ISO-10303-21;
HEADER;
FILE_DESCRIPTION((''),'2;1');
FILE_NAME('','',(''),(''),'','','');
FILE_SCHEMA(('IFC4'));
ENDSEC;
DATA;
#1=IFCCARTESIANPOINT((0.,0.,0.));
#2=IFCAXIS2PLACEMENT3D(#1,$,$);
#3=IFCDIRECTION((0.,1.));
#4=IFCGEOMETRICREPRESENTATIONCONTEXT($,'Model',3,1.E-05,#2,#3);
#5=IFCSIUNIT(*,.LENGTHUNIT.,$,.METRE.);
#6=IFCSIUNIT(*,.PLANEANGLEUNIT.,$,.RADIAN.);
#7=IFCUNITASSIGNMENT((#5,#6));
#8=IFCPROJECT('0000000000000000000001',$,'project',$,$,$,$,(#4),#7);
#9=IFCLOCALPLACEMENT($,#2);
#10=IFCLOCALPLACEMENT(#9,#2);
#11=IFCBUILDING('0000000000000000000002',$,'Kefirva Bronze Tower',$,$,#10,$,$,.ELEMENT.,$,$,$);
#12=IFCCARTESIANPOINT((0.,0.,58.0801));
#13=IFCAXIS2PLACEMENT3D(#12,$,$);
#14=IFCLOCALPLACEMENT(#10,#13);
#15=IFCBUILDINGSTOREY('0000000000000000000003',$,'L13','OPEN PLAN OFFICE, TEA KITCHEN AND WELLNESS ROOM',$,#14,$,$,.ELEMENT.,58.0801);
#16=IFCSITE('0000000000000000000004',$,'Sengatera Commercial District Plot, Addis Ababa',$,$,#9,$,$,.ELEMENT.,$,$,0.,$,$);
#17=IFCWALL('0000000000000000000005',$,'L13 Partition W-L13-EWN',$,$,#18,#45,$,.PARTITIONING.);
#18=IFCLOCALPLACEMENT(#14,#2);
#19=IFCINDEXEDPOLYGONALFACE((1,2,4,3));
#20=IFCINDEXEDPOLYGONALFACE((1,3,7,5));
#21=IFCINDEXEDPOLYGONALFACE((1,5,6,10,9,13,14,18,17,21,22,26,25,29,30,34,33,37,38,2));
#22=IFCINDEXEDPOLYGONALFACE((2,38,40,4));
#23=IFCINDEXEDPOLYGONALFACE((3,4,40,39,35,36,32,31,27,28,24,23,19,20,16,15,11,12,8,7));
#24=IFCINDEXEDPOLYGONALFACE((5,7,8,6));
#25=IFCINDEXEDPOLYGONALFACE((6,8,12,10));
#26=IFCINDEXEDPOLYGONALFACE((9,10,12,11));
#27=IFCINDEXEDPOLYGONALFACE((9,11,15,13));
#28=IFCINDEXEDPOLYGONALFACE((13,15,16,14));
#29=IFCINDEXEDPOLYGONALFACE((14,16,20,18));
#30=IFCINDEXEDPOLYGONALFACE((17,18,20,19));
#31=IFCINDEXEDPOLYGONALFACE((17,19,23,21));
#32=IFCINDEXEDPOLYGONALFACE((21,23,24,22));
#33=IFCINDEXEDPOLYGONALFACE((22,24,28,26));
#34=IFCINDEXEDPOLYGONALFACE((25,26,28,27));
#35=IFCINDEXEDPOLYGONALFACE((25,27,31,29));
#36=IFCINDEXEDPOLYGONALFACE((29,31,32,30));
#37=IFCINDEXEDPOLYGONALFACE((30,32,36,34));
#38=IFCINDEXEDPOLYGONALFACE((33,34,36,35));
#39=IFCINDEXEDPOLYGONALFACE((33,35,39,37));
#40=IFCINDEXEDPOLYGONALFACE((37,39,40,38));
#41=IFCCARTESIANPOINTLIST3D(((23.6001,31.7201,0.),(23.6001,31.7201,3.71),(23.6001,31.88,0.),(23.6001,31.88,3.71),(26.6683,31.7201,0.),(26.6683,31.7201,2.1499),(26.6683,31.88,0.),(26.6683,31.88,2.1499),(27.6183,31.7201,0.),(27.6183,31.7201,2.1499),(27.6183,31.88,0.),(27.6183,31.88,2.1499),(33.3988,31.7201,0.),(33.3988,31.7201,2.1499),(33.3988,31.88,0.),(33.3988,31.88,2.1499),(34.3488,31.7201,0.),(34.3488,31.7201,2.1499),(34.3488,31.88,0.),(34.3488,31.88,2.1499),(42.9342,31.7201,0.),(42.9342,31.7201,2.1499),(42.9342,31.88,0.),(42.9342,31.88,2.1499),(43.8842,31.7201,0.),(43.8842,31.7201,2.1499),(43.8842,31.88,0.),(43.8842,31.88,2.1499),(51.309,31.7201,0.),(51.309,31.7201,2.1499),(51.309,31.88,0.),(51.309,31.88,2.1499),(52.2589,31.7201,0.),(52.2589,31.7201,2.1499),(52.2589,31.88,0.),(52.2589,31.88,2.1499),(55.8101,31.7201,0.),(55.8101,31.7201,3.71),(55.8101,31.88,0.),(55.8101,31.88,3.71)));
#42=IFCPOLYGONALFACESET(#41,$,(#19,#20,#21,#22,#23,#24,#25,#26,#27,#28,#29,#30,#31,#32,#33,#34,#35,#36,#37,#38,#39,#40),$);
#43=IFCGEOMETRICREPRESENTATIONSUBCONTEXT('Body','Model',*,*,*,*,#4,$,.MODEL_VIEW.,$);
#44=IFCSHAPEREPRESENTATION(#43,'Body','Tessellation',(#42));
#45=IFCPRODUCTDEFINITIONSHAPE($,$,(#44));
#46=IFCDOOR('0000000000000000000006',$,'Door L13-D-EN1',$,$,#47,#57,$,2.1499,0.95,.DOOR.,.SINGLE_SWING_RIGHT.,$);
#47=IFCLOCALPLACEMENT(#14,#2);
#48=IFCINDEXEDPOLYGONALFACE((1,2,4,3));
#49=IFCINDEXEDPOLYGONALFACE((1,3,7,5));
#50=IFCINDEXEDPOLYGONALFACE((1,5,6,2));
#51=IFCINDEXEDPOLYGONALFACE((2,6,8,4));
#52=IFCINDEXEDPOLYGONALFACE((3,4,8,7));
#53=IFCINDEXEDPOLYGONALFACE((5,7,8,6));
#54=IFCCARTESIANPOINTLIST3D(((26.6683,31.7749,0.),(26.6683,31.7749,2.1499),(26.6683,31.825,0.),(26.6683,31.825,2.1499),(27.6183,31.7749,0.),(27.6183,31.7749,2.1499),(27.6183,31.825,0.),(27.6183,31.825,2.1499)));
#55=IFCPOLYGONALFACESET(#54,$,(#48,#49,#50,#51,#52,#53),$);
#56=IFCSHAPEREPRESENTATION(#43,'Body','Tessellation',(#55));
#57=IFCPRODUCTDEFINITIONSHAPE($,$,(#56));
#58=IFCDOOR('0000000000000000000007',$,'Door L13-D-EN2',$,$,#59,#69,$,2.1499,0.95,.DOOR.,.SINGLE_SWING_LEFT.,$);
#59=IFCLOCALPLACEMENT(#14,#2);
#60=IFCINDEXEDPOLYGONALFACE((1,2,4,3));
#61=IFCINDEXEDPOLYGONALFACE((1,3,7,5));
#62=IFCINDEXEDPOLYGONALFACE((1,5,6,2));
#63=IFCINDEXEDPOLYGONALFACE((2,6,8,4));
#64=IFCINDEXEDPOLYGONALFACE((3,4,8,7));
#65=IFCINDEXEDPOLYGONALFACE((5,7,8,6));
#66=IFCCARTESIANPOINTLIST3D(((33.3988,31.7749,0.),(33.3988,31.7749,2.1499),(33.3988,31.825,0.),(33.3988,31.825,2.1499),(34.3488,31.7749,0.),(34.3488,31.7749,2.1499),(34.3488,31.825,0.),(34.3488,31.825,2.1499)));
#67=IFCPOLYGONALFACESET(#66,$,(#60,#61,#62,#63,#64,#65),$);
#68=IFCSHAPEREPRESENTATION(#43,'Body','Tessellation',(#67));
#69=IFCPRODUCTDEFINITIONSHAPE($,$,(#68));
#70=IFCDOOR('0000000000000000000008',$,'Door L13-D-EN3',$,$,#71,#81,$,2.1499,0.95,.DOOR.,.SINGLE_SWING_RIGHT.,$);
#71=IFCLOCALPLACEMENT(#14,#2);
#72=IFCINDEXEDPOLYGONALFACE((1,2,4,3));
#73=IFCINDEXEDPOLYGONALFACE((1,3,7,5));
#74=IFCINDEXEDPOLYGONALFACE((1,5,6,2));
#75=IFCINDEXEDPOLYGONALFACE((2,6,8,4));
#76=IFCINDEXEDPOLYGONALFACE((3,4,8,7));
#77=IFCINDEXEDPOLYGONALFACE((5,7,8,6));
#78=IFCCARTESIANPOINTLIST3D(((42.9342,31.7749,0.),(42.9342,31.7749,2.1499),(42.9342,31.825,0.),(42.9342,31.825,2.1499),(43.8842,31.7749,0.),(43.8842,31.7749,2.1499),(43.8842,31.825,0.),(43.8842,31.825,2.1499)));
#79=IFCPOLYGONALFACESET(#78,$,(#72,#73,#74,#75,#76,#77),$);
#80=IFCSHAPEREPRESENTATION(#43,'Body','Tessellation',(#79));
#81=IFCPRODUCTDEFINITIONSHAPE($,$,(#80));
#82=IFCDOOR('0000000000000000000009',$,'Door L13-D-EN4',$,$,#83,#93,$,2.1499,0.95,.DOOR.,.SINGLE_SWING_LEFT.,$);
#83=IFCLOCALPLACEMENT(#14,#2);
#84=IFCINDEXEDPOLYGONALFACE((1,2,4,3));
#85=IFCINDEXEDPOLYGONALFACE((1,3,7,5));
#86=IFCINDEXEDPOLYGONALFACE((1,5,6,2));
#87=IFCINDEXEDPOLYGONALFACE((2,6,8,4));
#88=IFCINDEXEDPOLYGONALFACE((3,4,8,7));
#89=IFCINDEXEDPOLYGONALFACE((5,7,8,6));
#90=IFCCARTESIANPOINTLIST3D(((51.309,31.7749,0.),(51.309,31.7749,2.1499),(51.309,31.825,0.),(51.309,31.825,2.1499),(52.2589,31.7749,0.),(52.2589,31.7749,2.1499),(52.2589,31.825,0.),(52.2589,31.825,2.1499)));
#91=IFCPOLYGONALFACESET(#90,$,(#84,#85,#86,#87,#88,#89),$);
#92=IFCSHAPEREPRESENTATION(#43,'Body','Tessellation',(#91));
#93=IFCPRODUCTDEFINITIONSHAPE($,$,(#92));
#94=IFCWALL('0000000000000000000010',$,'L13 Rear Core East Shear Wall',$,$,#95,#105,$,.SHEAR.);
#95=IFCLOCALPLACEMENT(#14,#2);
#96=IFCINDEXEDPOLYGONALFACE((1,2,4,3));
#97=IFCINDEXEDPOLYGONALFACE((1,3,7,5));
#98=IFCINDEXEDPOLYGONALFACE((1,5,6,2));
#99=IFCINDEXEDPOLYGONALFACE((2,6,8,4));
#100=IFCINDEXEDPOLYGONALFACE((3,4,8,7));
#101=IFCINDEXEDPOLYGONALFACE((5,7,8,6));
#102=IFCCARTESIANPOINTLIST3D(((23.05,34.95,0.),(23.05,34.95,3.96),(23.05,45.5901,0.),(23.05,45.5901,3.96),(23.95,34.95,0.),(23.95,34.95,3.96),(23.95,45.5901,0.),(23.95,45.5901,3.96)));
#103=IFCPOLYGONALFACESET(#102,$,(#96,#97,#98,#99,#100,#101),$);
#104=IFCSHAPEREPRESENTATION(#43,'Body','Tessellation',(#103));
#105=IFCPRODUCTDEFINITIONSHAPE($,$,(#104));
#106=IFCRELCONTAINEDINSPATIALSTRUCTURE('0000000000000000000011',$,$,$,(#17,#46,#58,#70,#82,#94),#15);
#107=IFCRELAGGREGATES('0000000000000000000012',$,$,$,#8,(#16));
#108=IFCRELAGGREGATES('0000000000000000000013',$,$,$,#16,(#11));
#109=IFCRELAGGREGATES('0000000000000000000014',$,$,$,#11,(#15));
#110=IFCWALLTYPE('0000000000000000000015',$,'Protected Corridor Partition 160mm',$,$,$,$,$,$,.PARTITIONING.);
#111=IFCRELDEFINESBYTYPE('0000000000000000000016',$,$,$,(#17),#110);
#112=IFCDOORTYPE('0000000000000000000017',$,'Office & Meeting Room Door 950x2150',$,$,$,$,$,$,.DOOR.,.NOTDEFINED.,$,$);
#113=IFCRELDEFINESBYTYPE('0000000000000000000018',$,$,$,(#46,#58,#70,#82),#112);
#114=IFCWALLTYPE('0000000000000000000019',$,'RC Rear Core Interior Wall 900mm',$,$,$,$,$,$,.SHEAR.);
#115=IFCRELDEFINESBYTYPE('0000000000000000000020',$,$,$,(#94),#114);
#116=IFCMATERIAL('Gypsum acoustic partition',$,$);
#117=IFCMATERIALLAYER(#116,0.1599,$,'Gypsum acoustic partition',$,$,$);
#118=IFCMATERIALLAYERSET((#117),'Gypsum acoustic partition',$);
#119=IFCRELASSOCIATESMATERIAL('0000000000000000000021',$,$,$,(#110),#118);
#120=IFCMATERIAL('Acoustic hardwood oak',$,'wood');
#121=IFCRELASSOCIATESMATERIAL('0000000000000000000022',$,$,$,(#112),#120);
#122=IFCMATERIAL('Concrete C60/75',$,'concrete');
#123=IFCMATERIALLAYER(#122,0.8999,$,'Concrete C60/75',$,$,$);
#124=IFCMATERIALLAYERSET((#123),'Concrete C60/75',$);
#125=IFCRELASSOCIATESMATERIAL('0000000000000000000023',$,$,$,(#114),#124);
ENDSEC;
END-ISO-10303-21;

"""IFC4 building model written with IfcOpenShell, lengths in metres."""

from ifc_helpers import new_model, si_unit, direction, frame, frame_2d, origin, place, context, subcontext, project, spatial, rectangle, extrude, material, layer, layer_set, type_object, element, fill, save


model = new_model("IFC4")

# Units and contexts
model_context = context("Model", 3, precision=1e-05, world=origin(), true_north=direction((0.0, 1.0)))
body_context = subcontext(model_context, "Body", "Model", "MODEL_VIEW")
ifc_project = project(units=[si_unit("LENGTHUNIT", "METRE"), si_unit("PLANEANGLEUNIT", "RADIAN")], contexts=[model_context])

# Site, building, storey
site_placement = place(None, origin())
site = spatial("IfcSite", under=ifc_project, at=site_placement, Name="Sengatera Commercial District Plot, Addis Ababa", CompositionType="ELEMENT", RefElevation=0.0)
building_placement = place(site_placement, origin())
building = spatial("IfcBuilding", under=site, at=building_placement, Name="Kefirva Bronze Tower", CompositionType="ELEMENT")
storey_placement = place(building_placement, frame((0.0, 0.0, 58.0801)))
storey = spatial("IfcBuildingStorey", under=building, at=storey_placement, Name="L13", Description="OPEN PLAN OFFICE, TEA KITCHEN AND WELLNESS ROOM", CompositionType="ELEMENT", Elevation=58.0801)

# Shared definitions
ifc_material_1 = material(Name="Concrete C60/75", Category="concrete")

# Shared definitions
ifc_material_2 = material(Name="Gypsum acoustic partition")

# Wall, openings, doors
ifc_layer_1 = layer(ifc_material_2, 0.1599, Name="Gypsum acoustic partition")
ifc_layer_set_1 = layer_set([ifc_layer_1], Name="Gypsum acoustic partition")
wall_type_1 = type_object("IfcWallType", Name="Protected Corridor Partition 160mm", PredefinedType="PARTITIONING", material=ifc_layer_set_1)
ifc_material_3 = material(Name="Acoustic hardwood oak", Category="wood")
door_type = type_object("IfcDoorType", Name="Office & Meeting Room Door 950x2150", OperationType="NOTDEFINED", PredefinedType="DOOR", material=ifc_material_3)
wall_1_placement = place(storey_placement, frame((23.6001, 31.8, 0.0), z_axis=(0.0, 0.0, 1.0), x_axis=(1.0, 0.0, 0.0)))
wall_1 = element("IfcWall", 1, at=wall_1_placement, inside=storey, type_object=wall_type_1, Name="L13 Partition W-L13-EWN", PredefinedType="PARTITIONING", context=body_context, shape_type="SweptSolid", body=[
    extrude(rectangle(XDim=32.21, YDim=0.1599, at=frame_2d((16.105, 0.0))), origin(), (0.0, 0.0, 1.0), 3.71),
])
opening_1_placement = place(wall_1_placement, frame((3.0681, 0.0, 0.0)))
opening_1 = element("IfcOpeningElement", 2, at=opening_1_placement, cuts=wall_1, PredefinedType="OPENING", context=body_context, shape_type="SweptSolid", body=[
    extrude(rectangle(XDim=0.95, YDim=2.1499, at=frame_2d((0.4751, 1.075))), frame((0.0, 0.0898, 0.0), z_axis=(0.0, -1.0, 0.0), x_axis=(1.0, 0.0, 0.0)), (0.0, 0.0, 1.0), 0.1799),
])
opening_2_placement = place(wall_1_placement, frame((9.7986, 0.0, 0.0)))
opening_2 = element("IfcOpeningElement", 3, at=opening_2_placement, cuts=wall_1, PredefinedType="OPENING", context=body_context, shape_type="SweptSolid", body=[
    extrude(rectangle(XDim=0.95, YDim=2.1499, at=frame_2d((0.4751, 1.075))), frame((0.0, 0.0898, 0.0), z_axis=(0.0, -1.0, 0.0), x_axis=(1.0, 0.0, 0.0)), (0.0, 0.0, 1.0), 0.1799),
])
opening_3_placement = place(wall_1_placement, frame((19.334, 0.0, 0.0)))
opening_3 = element("IfcOpeningElement", 4, at=opening_3_placement, cuts=wall_1, PredefinedType="OPENING", context=body_context, shape_type="SweptSolid", body=[
    extrude(rectangle(XDim=0.95, YDim=2.1499, at=frame_2d((0.4751, 1.075))), frame((0.0, 0.0898, 0.0), z_axis=(0.0, -1.0, 0.0), x_axis=(1.0, 0.0, 0.0)), (0.0, 0.0, 1.0), 0.1799),
])
opening_4_placement = place(wall_1_placement, frame((27.7087, 0.0, 0.0)))
opening_4 = element("IfcOpeningElement", 5, at=opening_4_placement, cuts=wall_1, PredefinedType="OPENING", context=body_context, shape_type="SweptSolid", body=[
    extrude(rectangle(XDim=0.95, YDim=2.1499, at=frame_2d((0.4751, 1.075))), frame((0.0, 0.0898, 0.0), z_axis=(0.0, -1.0, 0.0), x_axis=(1.0, 0.0, 0.0)), (0.0, 0.0, 1.0), 0.1799),
])
door_1_placement = place(opening_1_placement, origin())
door_1 = element("IfcDoor", 6, at=door_1_placement, inside=storey, type_object=door_type, Name="Door L13-D-EN1", OperationType="SINGLE_SWING_RIGHT", OverallHeight=2.1499, OverallWidth=0.95, PredefinedType="DOOR", context=body_context, shape_type="SweptSolid", body=[
    extrude(rectangle(XDim=0.95, YDim=2.1499, at=frame_2d((0.4751, 1.075))), frame((0.0, 0.0249, 0.0), z_axis=(0.0, -1.0, 0.0), x_axis=(1.0, 0.0, 0.0)), (0.0, 0.0, 1.0), 0.05),
])
fill(opening_1, door_1)
door_2_placement = place(opening_2_placement, origin())
door_2 = element("IfcDoor", 7, at=door_2_placement, inside=storey, type_object=door_type, Name="Door L13-D-EN2", OperationType="SINGLE_SWING_LEFT", OverallHeight=2.1499, OverallWidth=0.95, PredefinedType="DOOR", context=body_context, shape_type="SweptSolid", body=[
    extrude(rectangle(XDim=0.95, YDim=2.1499, at=frame_2d((0.4751, 1.075))), frame((0.0, 0.0249, 0.0), z_axis=(0.0, -1.0, 0.0), x_axis=(1.0, 0.0, 0.0)), (0.0, 0.0, 1.0), 0.05),
])
fill(opening_2, door_2)
door_3_placement = place(opening_3_placement, origin())
door_3 = element("IfcDoor", 8, at=door_3_placement, inside=storey, type_object=door_type, Name="Door L13-D-EN3", OperationType="SINGLE_SWING_RIGHT", OverallHeight=2.1499, OverallWidth=0.95, PredefinedType="DOOR", context=body_context, shape_type="SweptSolid", body=[
    extrude(rectangle(XDim=0.95, YDim=2.1499, at=frame_2d((0.4751, 1.075))), frame((0.0, 0.0249, 0.0), z_axis=(0.0, -1.0, 0.0), x_axis=(1.0, 0.0, 0.0)), (0.0, 0.0, 1.0), 0.05),
])
fill(opening_3, door_3)
door_4_placement = place(opening_4_placement, origin())
door_4 = element("IfcDoor", 9, at=door_4_placement, inside=storey, type_object=door_type, Name="Door L13-D-EN4", OperationType="SINGLE_SWING_LEFT", OverallHeight=2.1499, OverallWidth=0.95, PredefinedType="DOOR", context=body_context, shape_type="SweptSolid", body=[
    extrude(rectangle(XDim=0.95, YDim=2.1499, at=frame_2d((0.4751, 1.075))), frame((0.0, 0.0249, 0.0), z_axis=(0.0, -1.0, 0.0), x_axis=(1.0, 0.0, 0.0)), (0.0, 0.0, 1.0), 0.05),
])
fill(opening_4, door_4)

# Wall
ifc_layer_2 = layer(ifc_material_1, 0.8999, Name="Concrete C60/75")
ifc_layer_set_2 = layer_set([ifc_layer_2], Name="Concrete C60/75")
wall_type_2 = type_object("IfcWallType", Name="RC Rear Core Interior Wall 900mm", PredefinedType="SHEAR", material=ifc_layer_set_2)
wall_2_placement = place(storey_placement, frame((23.5, 34.95, 0.0), z_axis=(0.0, 0.0, 1.0), x_axis=(0.0, 1.0, 0.0)))
element("IfcWall", 10, at=wall_2_placement, inside=storey, type_object=wall_type_2, Name="L13 Rear Core East Shear Wall", PredefinedType="SHEAR", context=body_context, shape_type="SweptSolid", body=[
    extrude(rectangle(XDim=10.6401, YDim=0.8999, at=frame_2d((5.3201, 0.0))), origin(), (0.0, 0.0, 1.0), 3.96),
])

save(model, "model.ifc")
